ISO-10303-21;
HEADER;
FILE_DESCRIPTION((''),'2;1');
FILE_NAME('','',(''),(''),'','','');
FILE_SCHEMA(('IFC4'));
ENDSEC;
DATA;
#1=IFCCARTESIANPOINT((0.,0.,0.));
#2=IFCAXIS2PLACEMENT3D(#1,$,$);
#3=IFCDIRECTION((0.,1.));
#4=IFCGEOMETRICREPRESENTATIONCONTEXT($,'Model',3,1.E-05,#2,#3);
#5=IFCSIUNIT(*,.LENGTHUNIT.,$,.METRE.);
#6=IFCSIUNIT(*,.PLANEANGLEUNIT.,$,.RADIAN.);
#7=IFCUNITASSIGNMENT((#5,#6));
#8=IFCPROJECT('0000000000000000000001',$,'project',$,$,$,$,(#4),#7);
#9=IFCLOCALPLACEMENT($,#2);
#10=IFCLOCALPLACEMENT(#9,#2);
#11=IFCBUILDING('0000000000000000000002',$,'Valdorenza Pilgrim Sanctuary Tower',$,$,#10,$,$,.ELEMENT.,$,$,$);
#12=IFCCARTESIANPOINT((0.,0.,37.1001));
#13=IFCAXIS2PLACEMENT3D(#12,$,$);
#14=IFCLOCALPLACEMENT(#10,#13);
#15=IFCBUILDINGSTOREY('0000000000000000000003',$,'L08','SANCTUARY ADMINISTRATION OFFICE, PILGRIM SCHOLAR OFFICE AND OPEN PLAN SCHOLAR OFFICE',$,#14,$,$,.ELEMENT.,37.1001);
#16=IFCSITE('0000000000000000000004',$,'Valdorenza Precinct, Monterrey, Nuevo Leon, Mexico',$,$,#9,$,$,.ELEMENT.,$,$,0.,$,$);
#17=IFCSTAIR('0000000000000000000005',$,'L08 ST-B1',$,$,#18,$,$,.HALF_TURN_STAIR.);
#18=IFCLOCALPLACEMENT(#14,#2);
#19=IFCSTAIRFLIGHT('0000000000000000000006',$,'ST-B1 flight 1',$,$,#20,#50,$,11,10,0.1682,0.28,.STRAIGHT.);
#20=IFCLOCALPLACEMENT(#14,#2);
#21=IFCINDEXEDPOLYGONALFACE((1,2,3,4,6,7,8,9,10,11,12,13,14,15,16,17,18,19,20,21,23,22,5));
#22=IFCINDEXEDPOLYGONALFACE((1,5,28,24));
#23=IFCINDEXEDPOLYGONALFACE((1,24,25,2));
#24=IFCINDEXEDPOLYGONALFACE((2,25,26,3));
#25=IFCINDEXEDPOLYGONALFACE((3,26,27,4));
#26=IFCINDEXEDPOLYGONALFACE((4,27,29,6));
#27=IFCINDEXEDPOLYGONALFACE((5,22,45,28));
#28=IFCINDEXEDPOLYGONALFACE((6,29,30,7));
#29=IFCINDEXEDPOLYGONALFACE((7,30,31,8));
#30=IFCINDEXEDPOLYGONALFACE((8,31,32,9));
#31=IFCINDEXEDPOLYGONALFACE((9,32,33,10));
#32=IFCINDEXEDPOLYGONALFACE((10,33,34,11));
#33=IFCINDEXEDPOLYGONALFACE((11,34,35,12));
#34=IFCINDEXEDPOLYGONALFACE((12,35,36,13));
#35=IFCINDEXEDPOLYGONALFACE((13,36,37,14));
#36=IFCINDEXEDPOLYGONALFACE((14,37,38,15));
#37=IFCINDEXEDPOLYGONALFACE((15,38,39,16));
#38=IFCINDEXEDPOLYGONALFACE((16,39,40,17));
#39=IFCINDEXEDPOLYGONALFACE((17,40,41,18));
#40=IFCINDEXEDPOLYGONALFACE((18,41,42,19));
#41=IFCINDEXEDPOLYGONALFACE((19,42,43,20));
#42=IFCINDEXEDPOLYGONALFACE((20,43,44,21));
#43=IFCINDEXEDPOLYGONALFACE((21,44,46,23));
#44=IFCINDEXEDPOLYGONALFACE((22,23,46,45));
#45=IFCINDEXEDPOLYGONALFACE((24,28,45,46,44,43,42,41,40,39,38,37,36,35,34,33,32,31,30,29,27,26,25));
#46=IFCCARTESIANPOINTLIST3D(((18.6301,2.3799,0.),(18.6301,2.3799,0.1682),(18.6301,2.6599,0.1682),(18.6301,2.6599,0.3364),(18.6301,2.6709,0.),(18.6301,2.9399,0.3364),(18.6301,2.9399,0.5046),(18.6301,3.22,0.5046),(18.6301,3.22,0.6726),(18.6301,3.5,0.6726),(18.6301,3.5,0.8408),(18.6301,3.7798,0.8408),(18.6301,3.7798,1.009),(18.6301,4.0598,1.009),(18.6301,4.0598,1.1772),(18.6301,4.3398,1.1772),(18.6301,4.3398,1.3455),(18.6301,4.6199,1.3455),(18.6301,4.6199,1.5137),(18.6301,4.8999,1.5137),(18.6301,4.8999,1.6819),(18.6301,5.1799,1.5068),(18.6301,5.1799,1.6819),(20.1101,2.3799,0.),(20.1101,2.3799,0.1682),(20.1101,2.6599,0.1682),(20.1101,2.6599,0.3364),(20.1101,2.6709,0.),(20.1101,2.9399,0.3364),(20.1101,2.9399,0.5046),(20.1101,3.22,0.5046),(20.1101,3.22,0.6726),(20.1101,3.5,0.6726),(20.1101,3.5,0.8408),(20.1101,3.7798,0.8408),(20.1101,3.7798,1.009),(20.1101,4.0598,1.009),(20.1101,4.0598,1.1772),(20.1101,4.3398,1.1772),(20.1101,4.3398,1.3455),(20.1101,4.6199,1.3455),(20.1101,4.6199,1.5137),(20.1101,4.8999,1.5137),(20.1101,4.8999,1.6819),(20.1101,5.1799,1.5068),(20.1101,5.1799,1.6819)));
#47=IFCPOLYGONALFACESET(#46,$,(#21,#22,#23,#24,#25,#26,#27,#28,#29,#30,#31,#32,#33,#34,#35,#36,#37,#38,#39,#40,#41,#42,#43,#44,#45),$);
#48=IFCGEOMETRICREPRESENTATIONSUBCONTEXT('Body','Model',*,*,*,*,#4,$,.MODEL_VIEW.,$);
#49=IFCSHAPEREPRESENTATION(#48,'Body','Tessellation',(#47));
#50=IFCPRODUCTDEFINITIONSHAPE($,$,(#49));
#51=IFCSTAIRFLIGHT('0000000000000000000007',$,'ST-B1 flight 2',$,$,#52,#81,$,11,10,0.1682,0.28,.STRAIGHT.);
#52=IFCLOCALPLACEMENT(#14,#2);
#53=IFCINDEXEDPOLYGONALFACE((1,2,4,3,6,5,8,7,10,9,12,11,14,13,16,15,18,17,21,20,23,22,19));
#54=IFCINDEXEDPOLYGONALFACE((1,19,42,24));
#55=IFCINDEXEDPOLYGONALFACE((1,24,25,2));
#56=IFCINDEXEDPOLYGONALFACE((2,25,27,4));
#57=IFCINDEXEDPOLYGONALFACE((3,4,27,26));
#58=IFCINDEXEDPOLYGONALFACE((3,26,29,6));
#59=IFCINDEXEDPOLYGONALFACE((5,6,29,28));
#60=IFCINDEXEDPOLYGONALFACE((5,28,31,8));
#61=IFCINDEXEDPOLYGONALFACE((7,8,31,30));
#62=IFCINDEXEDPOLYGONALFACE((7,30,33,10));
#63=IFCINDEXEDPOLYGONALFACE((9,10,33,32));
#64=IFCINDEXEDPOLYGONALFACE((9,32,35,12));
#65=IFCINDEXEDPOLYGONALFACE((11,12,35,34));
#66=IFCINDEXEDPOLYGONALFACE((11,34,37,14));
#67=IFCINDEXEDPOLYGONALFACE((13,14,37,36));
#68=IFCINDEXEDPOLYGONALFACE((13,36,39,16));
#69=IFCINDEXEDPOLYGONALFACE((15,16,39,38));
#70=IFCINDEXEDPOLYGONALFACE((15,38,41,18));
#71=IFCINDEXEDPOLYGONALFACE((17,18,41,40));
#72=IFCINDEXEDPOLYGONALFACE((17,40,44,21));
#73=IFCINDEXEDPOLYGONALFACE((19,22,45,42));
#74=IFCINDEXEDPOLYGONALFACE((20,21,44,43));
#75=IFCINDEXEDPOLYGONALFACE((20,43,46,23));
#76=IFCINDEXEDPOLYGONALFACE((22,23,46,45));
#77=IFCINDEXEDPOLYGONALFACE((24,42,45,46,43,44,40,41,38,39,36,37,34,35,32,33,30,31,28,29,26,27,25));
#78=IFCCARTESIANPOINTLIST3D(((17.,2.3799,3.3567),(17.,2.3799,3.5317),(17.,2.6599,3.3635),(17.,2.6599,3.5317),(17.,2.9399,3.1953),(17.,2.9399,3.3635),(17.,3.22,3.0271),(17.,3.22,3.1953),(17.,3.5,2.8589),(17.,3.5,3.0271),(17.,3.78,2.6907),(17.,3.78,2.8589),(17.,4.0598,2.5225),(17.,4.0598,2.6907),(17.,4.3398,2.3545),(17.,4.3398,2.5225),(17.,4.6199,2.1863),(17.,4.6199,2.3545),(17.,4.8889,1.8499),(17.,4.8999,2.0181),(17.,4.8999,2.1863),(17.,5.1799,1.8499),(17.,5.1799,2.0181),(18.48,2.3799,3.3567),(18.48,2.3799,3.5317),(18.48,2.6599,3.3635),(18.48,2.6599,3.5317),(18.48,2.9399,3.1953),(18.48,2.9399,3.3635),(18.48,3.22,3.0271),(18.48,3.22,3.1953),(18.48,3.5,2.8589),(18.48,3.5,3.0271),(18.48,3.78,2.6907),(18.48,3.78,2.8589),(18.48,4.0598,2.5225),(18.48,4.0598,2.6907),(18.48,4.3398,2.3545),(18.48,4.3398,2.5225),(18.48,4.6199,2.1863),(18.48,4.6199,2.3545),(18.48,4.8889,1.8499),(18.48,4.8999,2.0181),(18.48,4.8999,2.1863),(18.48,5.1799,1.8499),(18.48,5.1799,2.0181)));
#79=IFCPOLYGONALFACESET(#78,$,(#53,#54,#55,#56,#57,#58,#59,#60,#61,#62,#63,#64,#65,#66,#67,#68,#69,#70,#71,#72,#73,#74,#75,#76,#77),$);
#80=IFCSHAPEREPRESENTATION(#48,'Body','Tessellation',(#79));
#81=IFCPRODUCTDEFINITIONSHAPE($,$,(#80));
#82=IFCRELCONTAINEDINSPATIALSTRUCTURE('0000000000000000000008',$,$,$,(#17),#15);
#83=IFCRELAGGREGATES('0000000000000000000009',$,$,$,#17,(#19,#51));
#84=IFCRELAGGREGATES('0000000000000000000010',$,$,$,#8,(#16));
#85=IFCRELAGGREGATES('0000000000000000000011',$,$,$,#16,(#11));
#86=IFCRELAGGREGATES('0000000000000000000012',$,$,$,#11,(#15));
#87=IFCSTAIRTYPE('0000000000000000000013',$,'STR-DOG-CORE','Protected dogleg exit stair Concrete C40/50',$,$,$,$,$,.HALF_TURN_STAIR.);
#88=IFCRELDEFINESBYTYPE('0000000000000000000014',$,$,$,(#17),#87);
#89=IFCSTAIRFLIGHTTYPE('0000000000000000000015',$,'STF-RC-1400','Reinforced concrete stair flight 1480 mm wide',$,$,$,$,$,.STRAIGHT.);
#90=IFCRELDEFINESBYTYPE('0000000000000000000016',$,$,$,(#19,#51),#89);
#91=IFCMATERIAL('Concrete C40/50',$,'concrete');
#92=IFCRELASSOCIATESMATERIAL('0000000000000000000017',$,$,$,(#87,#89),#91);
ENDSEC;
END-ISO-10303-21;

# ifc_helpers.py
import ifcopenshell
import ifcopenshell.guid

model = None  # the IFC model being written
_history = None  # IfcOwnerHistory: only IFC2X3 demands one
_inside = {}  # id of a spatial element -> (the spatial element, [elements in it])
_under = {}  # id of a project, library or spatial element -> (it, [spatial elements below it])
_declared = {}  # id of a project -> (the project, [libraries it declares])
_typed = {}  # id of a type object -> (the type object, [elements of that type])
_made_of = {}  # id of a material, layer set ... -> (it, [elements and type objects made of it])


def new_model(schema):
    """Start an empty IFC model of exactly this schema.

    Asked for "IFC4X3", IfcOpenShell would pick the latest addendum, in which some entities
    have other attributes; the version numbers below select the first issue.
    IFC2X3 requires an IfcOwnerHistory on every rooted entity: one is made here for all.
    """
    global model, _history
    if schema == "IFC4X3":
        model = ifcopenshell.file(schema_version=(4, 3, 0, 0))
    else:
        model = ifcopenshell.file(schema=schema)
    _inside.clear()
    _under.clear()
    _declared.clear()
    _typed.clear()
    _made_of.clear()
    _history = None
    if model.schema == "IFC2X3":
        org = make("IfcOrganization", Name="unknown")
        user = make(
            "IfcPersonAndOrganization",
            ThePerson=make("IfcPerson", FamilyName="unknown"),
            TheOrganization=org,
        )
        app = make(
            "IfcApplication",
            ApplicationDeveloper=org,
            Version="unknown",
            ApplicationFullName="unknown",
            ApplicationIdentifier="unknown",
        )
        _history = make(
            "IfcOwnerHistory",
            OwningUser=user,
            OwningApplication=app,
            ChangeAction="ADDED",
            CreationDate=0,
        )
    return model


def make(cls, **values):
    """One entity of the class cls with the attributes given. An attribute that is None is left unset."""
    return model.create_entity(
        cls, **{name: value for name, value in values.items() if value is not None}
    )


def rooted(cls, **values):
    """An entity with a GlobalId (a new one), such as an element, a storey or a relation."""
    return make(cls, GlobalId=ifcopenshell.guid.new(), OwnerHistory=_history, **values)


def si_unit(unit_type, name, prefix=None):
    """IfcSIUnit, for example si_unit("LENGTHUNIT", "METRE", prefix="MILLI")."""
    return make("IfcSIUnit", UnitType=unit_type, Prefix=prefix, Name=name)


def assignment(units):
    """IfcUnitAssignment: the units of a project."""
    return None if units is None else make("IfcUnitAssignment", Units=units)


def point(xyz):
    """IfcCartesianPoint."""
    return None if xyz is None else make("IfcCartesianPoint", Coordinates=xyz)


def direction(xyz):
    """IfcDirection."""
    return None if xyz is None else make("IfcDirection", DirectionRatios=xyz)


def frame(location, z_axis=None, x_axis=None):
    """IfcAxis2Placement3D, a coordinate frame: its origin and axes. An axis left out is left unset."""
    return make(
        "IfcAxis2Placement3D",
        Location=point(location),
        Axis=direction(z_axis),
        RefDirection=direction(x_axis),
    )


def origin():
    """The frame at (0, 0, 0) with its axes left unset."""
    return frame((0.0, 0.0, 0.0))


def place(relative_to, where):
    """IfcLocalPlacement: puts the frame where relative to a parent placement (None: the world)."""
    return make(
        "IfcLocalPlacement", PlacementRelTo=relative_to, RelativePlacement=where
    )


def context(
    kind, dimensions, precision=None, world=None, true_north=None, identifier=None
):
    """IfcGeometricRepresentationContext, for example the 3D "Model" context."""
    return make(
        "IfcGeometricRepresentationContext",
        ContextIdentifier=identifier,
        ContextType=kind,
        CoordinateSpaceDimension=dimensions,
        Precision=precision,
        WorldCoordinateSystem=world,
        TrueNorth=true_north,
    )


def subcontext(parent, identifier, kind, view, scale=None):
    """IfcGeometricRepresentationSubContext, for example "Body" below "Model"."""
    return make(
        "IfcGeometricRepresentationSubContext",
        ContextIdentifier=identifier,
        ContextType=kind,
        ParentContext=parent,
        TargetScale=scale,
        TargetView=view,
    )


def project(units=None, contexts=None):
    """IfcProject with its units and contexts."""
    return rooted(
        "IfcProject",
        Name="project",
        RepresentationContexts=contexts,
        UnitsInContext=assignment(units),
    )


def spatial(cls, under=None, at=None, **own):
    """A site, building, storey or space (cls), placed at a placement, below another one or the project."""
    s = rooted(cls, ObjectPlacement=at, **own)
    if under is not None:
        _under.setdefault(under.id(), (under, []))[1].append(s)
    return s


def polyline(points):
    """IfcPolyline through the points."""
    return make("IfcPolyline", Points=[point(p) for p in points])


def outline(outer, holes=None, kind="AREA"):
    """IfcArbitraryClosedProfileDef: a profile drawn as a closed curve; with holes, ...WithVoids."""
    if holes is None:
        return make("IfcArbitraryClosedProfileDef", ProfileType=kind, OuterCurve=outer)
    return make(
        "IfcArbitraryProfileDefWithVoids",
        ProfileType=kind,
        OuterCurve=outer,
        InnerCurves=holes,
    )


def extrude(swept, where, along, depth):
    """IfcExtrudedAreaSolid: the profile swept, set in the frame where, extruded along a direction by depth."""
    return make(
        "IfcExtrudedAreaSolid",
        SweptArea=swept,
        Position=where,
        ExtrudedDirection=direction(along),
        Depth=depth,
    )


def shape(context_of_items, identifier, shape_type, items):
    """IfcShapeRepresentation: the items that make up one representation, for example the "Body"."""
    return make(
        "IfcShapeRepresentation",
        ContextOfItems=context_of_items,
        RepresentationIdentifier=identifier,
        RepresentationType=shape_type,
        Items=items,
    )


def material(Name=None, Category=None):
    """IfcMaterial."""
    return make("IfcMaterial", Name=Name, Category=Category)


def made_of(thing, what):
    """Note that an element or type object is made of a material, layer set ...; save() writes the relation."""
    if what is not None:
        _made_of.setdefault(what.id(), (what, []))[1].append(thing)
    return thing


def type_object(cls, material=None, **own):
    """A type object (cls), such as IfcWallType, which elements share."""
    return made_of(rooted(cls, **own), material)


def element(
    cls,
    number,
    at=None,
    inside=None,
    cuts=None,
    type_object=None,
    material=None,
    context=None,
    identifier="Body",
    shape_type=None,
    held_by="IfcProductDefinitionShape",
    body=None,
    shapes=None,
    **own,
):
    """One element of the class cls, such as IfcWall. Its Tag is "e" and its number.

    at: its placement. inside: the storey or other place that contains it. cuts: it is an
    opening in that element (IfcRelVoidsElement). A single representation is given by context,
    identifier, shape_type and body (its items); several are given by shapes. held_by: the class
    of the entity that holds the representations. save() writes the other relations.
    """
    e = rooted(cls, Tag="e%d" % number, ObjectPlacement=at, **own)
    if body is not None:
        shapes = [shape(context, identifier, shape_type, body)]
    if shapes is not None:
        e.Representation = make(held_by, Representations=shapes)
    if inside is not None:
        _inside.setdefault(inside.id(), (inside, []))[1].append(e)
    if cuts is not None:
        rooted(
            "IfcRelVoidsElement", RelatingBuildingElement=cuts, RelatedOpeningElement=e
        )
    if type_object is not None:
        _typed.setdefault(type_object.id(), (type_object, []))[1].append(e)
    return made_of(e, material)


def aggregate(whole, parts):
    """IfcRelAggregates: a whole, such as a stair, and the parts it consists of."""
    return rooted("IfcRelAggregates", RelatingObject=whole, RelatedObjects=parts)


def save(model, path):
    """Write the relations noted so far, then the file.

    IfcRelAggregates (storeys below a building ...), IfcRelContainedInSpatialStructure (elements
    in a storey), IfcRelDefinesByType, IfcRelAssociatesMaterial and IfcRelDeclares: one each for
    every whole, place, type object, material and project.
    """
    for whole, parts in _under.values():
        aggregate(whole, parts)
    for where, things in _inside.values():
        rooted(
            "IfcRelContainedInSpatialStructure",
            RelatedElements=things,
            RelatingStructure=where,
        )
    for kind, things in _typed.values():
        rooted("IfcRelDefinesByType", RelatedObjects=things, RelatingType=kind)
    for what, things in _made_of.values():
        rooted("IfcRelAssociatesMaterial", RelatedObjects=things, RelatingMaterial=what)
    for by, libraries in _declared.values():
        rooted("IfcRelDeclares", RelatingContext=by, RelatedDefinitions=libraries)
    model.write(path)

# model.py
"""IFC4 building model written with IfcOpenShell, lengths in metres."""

from ifc_helpers import new_model, si_unit, direction, frame, origin, place, context, subcontext, project, spatial, polyline, outline, extrude, material, type_object, element, aggregate, save


model = new_model("IFC4")

# Units and contexts
model_context = context("Model", 3, precision=1e-05, world=origin(), true_north=direction((0.0, 1.0)))
body_context = subcontext(model_context, "Body", "Model", "MODEL_VIEW")
ifc_project = project(units=[si_unit("LENGTHUNIT", "METRE"), si_unit("PLANEANGLEUNIT", "RADIAN")], contexts=[model_context])

# Site, building, storey
site_placement = place(None, origin())
site = spatial("IfcSite", under=ifc_project, at=site_placement, Name="Valdorenza Precinct, Monterrey, Nuevo Leon, Mexico", CompositionType="ELEMENT", RefElevation=0.0)
building_placement = place(site_placement, origin())
building = spatial("IfcBuilding", under=site, at=building_placement, Name="Valdorenza Pilgrim Sanctuary Tower", CompositionType="ELEMENT")
storey_placement = place(building_placement, frame((0.0, 0.0, 37.1001)))
storey = spatial("IfcBuildingStorey", under=building, at=storey_placement, Name="L08", Description="SANCTUARY ADMINISTRATION OFFICE, PILGRIM SCHOLAR OFFICE AND OPEN PLAN SCHOLAR OFFICE", CompositionType="ELEMENT", Elevation=37.1001)

# Shared definitions
ifc_material_1 = material(Name="Concrete C40/50", Category="concrete")

# Stair, stair flights
stair_type = type_object("IfcStairType", Name="STR-DOG-CORE", Description="Protected dogleg exit stair Concrete C40/50", PredefinedType="HALF_TURN_STAIR", material=ifc_material_1)
stair_placement = place(storey_placement, origin())
stair = element("IfcStair", 1, at=stair_placement, inside=storey, type_object=stair_type, Name="L08 ST-B1", PredefinedType="HALF_TURN_STAIR")
stair_flight_type = type_object("IfcStairFlightType", Name="STF-RC-1400", Description="Reinforced concrete stair flight 1480 mm wide", PredefinedType="STRAIGHT", material=ifc_material_1)
stair_flight_1_placement = place(storey_placement, frame((19.3701, 2.3799, 0.0), z_axis=(0.0, 0.0, 1.0), x_axis=(0.0, 1.0, 0.0)))
stair_flight_1 = element("IfcStairFlight", 2, at=stair_flight_1_placement, type_object=stair_flight_type, Name="ST-B1 flight 1", NumberOfRisers=11, NumberOfTreads=10, PredefinedType="STRAIGHT", RiserHeight=0.1682, TreadLength=0.28, context=body_context, shape_type="SweptSolid", body=[
    extrude(outline(polyline([(0.0, 0.0), (0.0, 0.1682), (0.28, 0.1682), (0.28, 0.3364), (0.5601, 0.3364), (0.5601, 0.5046), (0.8401, 0.5046), (0.8401, 0.6726), (1.1201, 0.6726), (1.1201, 0.8408), (1.3999, 0.8408), (1.3999, 1.009), (1.6799, 1.009), (1.6799, 1.1772), (1.96, 1.1772), (1.96, 1.3455), (2.24, 1.3455), (2.24, 1.5137), (2.52, 1.5137), (2.52, 1.6819), (2.8, 1.6819), (2.8, 1.8501), (2.8, 1.5068), (0.291, 0.0), (0.0, 0.0)])), frame((0.0, 0.74, 0.0), z_axis=(0.0, -1.0, 0.0), x_axis=(1.0, 0.0, 0.0)), (0.0, 0.0, 1.0), 1.48),
])
stair_flight_2_placement = place(storey_placement, frame((17.74, 5.1799, 1.8499), z_axis=(0.0, 0.0, 1.0), x_axis=(0.0, -1.0, 0.0)))
stair_flight_2 = element("IfcStairFlight", 3, at=stair_flight_2_placement, type_object=stair_flight_type, Name="ST-B1 flight 2", NumberOfRisers=11, NumberOfTreads=10, PredefinedType="STRAIGHT", RiserHeight=0.1682, TreadLength=0.28, context=body_context, shape_type="SweptSolid", body=[
    extrude(outline(polyline([(0.0, 0.0), (0.0, 0.1682), (0.28, 0.1682), (0.28, 0.3364), (0.5601, 0.3364), (0.5601, 0.5046), (0.8401, 0.5046), (0.8401, 0.6726), (1.1201, 0.6726), (1.1201, 0.8408), (1.3999, 0.8408), (1.3999, 1.009), (1.6799, 1.009), (1.6799, 1.1772), (1.96, 1.1772), (1.96, 1.3455), (2.24, 1.3455), (2.24, 1.5137), (2.52, 1.5137), (2.52, 1.6819), (2.8, 1.6819), (2.8, 1.8501), (2.8, 1.5068), (0.291, 0.0), (0.0, 0.0)])), frame((0.0, 0.74, 0.0), z_axis=(0.0, -1.0, 0.0), x_axis=(1.0, 0.0, 0.0)), (0.0, 0.0, 1.0), 1.48),
])
aggregate(stair, [stair_flight_1, stair_flight_2])

save(model, "model.ifc")
